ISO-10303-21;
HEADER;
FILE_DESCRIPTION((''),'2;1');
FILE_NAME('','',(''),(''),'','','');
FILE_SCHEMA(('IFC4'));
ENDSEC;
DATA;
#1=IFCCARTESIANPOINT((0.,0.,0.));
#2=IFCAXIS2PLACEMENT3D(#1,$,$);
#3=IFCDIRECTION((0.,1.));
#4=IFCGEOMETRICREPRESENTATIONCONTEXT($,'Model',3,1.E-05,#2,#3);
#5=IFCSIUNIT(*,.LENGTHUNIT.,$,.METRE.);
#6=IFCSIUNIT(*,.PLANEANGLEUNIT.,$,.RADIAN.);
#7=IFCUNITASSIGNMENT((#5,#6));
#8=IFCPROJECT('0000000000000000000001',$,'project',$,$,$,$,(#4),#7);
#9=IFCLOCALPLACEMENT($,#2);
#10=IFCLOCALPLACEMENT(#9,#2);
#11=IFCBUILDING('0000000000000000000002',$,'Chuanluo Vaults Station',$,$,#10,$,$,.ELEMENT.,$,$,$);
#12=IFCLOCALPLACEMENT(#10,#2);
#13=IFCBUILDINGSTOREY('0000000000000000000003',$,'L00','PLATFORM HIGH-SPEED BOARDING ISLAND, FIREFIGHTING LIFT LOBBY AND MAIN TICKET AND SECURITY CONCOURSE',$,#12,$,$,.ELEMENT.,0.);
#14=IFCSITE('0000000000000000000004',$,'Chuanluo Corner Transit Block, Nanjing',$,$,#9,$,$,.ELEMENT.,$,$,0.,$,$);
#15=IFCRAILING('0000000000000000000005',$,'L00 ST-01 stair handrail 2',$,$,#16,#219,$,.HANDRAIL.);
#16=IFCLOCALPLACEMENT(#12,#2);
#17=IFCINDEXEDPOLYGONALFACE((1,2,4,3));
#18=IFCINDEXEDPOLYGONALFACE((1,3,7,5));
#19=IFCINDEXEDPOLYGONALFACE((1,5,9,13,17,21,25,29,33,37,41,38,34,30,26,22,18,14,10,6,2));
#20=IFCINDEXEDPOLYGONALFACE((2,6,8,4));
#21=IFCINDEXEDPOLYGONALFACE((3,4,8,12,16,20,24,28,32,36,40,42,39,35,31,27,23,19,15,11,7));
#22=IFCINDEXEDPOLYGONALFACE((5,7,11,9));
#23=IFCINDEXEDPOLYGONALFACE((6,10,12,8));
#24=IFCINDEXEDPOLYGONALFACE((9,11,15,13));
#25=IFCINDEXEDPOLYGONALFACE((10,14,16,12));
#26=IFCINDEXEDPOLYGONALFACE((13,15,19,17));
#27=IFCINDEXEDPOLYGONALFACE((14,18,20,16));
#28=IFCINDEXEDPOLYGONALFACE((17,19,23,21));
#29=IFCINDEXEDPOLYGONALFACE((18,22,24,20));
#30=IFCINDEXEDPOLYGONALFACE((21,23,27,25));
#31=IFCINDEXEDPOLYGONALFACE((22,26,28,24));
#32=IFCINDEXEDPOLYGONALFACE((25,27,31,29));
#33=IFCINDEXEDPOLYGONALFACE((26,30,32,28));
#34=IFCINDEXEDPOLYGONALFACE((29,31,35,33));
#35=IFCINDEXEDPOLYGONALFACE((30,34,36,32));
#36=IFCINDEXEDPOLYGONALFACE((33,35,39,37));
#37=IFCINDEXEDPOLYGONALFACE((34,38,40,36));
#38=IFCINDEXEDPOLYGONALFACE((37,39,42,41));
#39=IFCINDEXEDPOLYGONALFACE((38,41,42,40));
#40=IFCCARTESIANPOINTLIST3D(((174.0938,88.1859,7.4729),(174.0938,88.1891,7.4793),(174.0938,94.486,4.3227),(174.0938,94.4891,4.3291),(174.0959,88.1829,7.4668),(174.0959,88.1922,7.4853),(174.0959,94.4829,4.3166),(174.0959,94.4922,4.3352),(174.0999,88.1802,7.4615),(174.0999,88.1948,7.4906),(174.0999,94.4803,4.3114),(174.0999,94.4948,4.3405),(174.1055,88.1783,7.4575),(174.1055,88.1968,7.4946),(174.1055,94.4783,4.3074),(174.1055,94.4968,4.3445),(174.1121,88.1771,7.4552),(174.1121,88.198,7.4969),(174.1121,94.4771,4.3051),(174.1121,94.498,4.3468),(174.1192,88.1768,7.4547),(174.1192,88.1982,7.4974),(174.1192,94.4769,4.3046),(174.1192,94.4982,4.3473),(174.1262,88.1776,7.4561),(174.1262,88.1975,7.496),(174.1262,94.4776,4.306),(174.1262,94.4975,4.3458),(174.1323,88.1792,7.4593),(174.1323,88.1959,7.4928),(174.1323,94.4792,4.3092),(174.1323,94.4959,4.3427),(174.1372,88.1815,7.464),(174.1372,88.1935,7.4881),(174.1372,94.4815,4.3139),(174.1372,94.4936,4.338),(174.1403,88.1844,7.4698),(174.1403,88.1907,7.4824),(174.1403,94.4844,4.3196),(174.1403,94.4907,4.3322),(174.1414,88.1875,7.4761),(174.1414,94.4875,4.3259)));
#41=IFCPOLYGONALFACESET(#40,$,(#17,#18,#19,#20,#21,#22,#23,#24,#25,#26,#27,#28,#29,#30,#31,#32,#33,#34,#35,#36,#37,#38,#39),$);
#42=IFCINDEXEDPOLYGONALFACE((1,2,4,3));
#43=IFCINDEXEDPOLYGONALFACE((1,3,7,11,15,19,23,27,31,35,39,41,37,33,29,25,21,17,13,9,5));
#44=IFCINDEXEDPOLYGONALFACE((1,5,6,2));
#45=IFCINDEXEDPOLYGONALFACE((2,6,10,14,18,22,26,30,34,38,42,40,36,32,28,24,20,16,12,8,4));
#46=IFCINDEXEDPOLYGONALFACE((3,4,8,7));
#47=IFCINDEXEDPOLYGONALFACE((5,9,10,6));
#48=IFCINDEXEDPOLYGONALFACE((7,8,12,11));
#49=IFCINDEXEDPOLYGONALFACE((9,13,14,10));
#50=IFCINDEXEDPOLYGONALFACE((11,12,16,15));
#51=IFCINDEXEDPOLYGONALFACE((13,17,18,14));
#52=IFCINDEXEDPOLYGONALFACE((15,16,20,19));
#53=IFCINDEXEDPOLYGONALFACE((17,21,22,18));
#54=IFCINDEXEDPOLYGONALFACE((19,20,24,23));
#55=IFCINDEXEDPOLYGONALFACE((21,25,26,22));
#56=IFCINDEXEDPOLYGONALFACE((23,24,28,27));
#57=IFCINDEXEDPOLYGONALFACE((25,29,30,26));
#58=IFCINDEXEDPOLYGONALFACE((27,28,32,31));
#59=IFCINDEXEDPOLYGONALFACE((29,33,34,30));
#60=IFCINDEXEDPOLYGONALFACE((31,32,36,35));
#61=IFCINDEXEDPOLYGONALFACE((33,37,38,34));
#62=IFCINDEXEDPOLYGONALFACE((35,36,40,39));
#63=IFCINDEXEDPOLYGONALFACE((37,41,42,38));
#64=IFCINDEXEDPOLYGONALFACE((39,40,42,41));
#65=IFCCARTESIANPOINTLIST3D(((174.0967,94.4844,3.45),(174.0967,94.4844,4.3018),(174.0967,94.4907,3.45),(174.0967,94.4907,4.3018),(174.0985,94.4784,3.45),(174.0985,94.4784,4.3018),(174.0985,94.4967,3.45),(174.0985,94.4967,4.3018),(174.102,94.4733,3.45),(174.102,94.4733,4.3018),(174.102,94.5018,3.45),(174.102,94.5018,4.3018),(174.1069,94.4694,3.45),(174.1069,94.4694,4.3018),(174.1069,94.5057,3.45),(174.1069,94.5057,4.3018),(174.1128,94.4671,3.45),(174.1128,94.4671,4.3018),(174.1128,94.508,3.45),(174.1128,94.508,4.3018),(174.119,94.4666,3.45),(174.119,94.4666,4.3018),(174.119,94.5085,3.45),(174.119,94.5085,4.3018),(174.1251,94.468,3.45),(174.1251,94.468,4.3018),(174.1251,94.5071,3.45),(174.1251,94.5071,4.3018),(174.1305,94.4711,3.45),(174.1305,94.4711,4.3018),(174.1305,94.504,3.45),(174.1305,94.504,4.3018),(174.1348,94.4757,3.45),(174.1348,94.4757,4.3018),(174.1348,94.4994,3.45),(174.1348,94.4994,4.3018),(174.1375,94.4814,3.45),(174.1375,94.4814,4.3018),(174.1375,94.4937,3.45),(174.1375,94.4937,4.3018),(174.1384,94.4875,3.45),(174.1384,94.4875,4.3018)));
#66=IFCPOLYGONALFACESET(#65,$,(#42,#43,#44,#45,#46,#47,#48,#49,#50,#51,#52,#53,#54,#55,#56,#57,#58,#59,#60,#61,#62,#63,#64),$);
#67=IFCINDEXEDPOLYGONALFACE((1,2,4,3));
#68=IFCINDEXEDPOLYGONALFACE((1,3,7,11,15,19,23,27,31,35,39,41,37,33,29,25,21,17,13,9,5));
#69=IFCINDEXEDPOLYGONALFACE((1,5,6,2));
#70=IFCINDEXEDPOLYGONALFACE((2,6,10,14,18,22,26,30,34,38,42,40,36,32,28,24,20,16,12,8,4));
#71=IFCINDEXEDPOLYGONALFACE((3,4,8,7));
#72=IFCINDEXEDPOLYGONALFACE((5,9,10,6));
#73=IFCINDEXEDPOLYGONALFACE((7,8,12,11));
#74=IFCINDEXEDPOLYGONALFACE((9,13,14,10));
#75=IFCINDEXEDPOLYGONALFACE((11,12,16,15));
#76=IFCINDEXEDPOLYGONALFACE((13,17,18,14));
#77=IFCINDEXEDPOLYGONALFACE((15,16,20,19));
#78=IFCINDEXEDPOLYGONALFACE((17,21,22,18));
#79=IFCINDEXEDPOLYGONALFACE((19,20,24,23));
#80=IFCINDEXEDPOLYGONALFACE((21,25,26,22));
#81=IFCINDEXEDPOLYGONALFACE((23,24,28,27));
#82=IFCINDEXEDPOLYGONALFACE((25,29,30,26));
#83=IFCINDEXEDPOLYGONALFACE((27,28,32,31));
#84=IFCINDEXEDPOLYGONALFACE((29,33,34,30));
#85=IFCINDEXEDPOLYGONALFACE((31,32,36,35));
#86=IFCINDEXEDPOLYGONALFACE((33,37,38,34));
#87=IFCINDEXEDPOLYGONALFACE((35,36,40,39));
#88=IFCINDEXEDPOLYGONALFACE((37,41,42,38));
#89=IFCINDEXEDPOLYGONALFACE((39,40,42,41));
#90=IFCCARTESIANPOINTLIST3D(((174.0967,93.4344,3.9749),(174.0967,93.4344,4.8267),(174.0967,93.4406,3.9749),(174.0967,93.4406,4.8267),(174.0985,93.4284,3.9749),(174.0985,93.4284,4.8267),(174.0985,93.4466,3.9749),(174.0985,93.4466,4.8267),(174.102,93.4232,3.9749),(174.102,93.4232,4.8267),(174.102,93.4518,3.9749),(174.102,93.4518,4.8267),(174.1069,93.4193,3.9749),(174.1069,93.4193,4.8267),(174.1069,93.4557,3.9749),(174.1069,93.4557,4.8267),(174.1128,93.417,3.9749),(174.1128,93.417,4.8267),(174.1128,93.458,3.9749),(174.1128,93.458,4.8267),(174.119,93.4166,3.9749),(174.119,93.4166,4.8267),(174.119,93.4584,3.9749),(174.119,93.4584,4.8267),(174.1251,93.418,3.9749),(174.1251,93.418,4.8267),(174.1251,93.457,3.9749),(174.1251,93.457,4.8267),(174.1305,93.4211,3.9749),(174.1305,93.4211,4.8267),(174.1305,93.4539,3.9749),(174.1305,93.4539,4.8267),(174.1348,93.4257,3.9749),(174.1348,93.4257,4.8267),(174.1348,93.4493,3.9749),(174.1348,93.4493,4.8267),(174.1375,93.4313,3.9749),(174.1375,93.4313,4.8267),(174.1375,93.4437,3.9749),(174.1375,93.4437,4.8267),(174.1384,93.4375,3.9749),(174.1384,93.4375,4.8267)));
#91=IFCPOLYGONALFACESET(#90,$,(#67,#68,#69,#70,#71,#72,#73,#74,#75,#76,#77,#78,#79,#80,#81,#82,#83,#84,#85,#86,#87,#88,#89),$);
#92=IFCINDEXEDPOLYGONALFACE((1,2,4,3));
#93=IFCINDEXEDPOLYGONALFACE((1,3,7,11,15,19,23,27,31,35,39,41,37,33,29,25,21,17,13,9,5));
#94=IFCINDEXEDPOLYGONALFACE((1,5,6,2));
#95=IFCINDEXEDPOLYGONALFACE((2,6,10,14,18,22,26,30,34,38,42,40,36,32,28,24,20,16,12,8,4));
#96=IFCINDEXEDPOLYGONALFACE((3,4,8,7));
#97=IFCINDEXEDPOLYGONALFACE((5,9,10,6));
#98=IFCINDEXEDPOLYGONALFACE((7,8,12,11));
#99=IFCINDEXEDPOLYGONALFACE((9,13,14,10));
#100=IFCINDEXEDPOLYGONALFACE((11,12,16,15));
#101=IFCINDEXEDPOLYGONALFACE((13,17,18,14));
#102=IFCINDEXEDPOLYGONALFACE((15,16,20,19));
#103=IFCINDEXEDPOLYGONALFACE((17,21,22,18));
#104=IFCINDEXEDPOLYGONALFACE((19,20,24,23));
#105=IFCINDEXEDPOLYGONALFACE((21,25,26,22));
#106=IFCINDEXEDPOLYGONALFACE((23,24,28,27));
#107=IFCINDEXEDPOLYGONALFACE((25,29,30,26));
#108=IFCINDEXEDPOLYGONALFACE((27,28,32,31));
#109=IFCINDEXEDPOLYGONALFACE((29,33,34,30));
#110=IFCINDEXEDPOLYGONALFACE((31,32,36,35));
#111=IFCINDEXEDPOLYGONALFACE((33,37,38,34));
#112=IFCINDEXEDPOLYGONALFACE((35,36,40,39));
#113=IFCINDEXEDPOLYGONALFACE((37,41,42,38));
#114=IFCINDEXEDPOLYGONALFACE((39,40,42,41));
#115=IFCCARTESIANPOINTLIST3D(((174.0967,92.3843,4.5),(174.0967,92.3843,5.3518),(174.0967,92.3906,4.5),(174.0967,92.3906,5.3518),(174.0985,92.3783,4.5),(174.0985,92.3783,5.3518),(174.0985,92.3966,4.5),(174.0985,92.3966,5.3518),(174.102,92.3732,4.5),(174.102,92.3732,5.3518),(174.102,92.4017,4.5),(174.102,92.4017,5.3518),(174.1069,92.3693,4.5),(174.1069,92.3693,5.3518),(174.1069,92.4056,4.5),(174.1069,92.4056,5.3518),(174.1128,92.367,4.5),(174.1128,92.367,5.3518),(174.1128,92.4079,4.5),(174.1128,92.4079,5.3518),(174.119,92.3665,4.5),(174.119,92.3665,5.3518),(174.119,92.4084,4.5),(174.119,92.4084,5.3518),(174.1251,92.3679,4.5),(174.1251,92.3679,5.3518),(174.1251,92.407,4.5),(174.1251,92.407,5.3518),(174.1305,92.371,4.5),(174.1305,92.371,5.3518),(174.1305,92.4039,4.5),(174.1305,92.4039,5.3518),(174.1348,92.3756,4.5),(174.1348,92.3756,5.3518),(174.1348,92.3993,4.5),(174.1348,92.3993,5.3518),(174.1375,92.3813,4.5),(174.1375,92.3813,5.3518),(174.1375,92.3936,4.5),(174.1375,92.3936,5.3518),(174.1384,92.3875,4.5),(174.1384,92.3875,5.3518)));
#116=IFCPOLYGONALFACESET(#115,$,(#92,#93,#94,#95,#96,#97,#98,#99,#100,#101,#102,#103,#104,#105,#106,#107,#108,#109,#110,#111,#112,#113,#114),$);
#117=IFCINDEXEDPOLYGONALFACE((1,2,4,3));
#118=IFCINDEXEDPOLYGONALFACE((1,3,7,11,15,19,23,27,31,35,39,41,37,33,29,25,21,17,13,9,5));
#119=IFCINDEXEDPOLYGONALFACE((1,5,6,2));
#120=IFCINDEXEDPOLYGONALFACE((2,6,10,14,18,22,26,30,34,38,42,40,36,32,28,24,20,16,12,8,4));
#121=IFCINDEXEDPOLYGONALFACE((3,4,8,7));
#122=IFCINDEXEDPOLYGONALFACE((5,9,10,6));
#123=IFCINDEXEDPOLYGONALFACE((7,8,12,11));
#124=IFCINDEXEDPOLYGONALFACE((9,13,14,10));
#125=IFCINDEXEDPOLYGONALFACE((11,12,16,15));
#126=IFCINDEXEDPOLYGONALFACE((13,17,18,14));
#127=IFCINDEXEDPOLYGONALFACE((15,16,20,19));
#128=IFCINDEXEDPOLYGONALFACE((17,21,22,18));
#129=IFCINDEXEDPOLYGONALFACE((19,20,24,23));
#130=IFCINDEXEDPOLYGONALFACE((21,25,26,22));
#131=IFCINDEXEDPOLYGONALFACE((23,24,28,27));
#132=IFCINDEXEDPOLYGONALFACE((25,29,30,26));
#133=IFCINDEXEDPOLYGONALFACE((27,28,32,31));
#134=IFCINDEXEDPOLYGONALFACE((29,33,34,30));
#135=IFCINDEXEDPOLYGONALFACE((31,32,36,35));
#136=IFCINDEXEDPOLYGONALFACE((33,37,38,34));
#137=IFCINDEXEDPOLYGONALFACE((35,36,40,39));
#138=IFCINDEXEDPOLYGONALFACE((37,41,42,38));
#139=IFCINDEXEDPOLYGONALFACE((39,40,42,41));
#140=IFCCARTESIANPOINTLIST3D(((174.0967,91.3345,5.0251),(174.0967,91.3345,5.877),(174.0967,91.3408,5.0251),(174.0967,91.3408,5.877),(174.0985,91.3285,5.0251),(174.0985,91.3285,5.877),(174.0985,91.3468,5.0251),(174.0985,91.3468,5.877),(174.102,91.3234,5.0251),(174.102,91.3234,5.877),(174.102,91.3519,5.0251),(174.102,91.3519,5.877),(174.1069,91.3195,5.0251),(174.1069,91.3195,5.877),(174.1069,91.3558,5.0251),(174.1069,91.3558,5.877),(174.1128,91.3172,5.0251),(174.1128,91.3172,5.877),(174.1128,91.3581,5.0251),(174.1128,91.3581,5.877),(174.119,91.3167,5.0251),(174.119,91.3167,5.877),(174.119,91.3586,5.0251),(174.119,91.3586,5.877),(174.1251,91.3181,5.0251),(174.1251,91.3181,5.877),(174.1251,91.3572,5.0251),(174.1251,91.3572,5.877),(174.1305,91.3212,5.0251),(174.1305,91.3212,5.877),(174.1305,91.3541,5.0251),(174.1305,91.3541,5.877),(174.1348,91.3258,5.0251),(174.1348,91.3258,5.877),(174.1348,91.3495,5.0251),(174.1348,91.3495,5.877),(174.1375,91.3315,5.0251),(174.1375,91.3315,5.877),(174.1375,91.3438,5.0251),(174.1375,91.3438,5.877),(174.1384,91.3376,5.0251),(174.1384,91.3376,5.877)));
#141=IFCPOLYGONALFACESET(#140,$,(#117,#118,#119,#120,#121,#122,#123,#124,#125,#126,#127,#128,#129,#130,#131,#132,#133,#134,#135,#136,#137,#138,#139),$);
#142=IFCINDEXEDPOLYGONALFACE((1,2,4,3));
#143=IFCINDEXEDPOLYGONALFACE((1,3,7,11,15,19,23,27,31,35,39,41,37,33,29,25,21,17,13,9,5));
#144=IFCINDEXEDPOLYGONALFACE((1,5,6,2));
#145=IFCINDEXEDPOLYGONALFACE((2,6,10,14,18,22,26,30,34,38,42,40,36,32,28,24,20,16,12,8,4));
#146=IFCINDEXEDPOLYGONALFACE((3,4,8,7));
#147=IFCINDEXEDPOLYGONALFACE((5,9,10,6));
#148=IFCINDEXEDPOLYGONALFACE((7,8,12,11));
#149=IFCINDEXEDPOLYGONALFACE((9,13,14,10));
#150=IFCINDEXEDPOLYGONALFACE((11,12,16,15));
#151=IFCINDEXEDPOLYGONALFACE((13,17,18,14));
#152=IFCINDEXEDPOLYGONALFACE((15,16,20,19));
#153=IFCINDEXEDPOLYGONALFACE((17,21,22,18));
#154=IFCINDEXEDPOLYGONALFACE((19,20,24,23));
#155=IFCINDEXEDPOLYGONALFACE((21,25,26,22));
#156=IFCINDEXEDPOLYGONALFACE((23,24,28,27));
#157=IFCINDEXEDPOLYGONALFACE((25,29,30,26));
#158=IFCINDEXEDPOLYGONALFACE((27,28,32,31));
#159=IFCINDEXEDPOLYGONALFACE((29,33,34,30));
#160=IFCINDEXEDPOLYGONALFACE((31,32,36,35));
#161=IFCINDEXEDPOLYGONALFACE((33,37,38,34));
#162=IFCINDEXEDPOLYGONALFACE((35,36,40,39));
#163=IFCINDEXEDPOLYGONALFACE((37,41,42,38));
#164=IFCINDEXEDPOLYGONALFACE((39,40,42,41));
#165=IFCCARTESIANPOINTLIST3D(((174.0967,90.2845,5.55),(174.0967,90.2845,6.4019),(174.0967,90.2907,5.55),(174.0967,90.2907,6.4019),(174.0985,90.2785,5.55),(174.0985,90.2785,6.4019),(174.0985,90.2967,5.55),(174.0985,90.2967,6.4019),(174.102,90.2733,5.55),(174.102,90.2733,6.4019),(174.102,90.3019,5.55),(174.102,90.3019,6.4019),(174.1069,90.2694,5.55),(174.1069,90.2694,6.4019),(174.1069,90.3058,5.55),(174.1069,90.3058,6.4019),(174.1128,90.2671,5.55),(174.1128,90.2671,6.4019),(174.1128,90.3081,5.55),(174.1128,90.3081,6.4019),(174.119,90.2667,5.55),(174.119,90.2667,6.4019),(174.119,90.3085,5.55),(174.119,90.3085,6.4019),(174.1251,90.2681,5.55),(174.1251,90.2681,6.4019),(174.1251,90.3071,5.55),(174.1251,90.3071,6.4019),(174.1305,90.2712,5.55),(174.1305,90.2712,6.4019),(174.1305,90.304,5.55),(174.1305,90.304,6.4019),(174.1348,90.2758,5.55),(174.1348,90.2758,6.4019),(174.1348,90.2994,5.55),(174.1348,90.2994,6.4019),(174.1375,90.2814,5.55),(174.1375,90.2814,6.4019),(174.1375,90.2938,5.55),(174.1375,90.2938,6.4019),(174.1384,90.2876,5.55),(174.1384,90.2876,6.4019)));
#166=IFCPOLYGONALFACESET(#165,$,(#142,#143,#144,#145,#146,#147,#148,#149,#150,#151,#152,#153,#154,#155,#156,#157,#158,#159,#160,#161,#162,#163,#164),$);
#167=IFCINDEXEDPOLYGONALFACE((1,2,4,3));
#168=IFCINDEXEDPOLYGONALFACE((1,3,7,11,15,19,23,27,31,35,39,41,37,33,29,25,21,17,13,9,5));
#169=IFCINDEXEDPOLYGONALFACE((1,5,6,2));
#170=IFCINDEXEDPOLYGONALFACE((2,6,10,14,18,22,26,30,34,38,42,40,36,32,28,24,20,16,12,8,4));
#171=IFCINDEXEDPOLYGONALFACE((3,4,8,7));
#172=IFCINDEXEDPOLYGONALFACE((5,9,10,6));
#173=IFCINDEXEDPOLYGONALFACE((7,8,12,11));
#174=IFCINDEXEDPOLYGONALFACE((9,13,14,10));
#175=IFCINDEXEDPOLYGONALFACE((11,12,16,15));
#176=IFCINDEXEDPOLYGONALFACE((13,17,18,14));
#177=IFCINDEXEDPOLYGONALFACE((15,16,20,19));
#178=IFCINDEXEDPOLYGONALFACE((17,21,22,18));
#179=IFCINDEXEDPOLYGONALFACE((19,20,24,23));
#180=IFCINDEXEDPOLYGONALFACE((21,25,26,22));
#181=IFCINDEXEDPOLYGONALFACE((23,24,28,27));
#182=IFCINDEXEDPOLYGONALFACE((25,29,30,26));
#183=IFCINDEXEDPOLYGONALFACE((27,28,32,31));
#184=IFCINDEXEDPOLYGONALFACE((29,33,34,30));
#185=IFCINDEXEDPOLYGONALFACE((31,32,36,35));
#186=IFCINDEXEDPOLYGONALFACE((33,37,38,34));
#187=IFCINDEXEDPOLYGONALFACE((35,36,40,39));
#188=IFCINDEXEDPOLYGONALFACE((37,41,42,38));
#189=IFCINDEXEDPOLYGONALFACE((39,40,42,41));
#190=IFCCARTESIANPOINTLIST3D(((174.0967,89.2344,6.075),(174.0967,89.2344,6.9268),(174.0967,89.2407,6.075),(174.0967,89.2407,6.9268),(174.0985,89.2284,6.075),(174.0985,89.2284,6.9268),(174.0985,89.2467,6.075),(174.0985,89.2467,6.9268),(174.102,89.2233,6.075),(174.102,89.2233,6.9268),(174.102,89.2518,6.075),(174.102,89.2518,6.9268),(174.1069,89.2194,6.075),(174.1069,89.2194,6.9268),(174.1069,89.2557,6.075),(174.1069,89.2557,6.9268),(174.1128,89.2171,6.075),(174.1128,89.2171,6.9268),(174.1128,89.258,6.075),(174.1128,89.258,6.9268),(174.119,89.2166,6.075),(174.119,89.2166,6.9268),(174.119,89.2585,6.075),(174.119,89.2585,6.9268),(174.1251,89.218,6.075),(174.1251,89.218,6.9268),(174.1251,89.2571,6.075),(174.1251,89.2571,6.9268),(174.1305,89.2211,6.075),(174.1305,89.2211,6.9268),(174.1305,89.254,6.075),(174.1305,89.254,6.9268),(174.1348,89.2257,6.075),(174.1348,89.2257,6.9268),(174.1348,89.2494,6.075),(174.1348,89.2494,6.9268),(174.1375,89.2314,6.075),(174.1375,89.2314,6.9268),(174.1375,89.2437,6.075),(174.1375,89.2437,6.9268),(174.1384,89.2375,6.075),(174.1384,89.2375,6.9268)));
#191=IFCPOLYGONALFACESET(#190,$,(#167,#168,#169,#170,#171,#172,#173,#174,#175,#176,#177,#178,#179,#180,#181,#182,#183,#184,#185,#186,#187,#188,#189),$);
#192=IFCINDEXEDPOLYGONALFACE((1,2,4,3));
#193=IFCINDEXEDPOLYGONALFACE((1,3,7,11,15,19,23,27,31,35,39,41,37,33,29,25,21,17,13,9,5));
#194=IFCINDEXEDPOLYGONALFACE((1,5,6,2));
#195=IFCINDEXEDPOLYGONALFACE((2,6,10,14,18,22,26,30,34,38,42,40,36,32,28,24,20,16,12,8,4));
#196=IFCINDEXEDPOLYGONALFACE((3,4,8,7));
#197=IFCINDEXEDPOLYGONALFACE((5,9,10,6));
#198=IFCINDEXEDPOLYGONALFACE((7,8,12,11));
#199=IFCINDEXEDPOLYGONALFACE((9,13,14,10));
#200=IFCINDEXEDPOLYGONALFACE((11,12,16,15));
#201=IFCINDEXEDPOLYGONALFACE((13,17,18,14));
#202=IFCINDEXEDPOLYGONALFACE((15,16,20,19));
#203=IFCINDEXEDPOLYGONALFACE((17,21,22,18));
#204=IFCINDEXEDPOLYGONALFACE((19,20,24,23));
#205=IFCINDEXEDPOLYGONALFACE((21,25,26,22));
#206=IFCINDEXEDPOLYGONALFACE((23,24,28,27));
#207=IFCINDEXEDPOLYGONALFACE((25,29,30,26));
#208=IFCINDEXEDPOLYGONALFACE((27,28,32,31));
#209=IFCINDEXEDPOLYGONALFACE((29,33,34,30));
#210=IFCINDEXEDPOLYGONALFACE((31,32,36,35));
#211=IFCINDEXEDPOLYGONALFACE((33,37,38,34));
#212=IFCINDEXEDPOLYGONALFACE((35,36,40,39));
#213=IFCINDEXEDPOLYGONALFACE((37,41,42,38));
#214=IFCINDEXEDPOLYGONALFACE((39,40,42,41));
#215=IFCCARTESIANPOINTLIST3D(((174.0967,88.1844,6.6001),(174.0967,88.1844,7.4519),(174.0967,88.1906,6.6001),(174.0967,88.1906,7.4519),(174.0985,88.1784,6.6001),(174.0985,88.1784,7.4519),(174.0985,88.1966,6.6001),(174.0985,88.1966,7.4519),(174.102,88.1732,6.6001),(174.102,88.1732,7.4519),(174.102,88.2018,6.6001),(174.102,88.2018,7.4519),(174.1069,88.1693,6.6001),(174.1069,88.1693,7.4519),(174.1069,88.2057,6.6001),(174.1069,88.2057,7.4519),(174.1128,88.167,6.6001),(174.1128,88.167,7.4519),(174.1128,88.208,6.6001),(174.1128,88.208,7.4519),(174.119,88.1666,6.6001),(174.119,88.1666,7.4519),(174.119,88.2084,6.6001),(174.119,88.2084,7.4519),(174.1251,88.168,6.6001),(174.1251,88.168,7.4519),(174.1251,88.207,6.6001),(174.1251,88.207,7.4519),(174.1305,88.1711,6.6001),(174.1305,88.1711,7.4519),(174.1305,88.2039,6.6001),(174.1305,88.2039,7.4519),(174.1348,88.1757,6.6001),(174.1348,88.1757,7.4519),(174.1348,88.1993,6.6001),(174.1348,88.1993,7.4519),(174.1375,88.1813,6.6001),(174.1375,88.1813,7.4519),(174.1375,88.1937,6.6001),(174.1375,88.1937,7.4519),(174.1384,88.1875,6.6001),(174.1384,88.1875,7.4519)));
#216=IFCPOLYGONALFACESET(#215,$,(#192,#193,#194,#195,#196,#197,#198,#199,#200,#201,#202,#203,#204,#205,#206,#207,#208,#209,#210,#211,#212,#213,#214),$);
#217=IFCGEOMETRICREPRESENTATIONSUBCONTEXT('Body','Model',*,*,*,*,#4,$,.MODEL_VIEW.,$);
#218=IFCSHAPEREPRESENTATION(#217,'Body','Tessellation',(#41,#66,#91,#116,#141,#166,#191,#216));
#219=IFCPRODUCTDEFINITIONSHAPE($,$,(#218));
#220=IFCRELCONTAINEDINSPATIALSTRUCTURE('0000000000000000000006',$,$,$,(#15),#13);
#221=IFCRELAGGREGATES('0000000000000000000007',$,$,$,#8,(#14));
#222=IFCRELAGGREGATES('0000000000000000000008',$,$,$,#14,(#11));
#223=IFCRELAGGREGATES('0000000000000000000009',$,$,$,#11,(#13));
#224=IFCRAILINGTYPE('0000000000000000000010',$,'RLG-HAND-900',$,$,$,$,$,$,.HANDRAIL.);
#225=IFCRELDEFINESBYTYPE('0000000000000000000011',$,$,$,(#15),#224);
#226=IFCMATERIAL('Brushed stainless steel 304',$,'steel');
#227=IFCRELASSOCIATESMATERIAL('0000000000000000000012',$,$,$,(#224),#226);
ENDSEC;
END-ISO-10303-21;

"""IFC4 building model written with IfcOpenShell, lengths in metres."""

from ifc_helpers import new_model, si_unit, direction, frame, origin, origin_2d, place, context, subcontext, project, spatial, circle, extrude, material, type_object, element, save


model = new_model("IFC4")

# Units and contexts
model_context = context("Model", 3, precision=1e-05, world=origin(), true_north=direction((0.0, 1.0)))
body_context = subcontext(model_context, "Body", "Model", "MODEL_VIEW")
ifc_project = project(units=[si_unit("LENGTHUNIT", "METRE"), si_unit("PLANEANGLEUNIT", "RADIAN")], contexts=[model_context])

# Site, building, storey
site_placement = place(None, origin())
site = spatial("IfcSite", under=ifc_project, at=site_placement, Name="Chuanluo Corner Transit Block, Nanjing", CompositionType="ELEMENT", RefElevation=0.0)
building_placement = place(site_placement, origin())
building = spatial("IfcBuilding", under=site, at=building_placement, Name="Chuanluo Vaults Station", CompositionType="ELEMENT")
storey_placement = place(building_placement, origin())
storey = spatial("IfcBuildingStorey", under=building, at=storey_placement, Name="L00", Description="PLATFORM HIGH-SPEED BOARDING ISLAND, FIREFIGHTING LIFT LOBBY AND MAIN TICKET AND SECURITY CONCOURSE", CompositionType="ELEMENT", Elevation=0.0)

# Railing
ifc_material_1 = material(Name="Brushed stainless steel 304", Category="steel")
railing_type_1 = type_object("IfcRailingType", Name="RLG-HAND-900", PredefinedType="HANDRAIL", material=ifc_material_1)
railing_1_placement = place(storey_placement, frame((174.1174, 94.4875, 3.45)))
element("IfcRailing", 1, at=railing_1_placement, inside=storey, type_object=railing_type_1, Name="L00 ST-01 stair handrail 2", PredefinedType="HANDRAIL", context=body_context, shape_type="SweptSolid", body=[
    extrude(circle(Radius=0.0239, at=origin_2d()), frame((0.0, 0.0, 0.876), z_axis=(0.0, -0.89442, 0.447227), x_axis=(1.0, 0.0, 0.0)), (0.0, 0.0, 1.0), 7.0437),
    extrude(circle(Radius=0.021, at=origin_2d()), origin(), (0.0, 0.0, 1.0), 0.8518),
    extrude(circle(Radius=0.021, at=origin_2d()), frame((0.0, -1.05, 0.5249)), (0.0, 0.0, 1.0), 0.8518),
    extrude(circle(Radius=0.021, at=origin_2d()), frame((0.0, -2.1001, 1.05)), (0.0, 0.0, 1.0), 0.8518),
    extrude(circle(Radius=0.021, at=origin_2d()), frame((0.0, -3.1499, 1.5752)), (0.0, 0.0, 1.0), 0.8518),
    extrude(circle(Radius=0.021, at=origin_2d()), frame((0.0, -4.2, 2.1001)), (0.0, 0.0, 1.0), 0.8518),
    extrude(circle(Radius=0.021, at=origin_2d()), frame((0.0, -5.25, 2.625)), (0.0, 0.0, 1.0), 0.8518),
    extrude(circle(Radius=0.021, at=origin_2d()), frame((0.0, -6.3, 3.1501)), (0.0, 0.0, 1.0), 0.8518),
])

save(model, "model.ifc")
